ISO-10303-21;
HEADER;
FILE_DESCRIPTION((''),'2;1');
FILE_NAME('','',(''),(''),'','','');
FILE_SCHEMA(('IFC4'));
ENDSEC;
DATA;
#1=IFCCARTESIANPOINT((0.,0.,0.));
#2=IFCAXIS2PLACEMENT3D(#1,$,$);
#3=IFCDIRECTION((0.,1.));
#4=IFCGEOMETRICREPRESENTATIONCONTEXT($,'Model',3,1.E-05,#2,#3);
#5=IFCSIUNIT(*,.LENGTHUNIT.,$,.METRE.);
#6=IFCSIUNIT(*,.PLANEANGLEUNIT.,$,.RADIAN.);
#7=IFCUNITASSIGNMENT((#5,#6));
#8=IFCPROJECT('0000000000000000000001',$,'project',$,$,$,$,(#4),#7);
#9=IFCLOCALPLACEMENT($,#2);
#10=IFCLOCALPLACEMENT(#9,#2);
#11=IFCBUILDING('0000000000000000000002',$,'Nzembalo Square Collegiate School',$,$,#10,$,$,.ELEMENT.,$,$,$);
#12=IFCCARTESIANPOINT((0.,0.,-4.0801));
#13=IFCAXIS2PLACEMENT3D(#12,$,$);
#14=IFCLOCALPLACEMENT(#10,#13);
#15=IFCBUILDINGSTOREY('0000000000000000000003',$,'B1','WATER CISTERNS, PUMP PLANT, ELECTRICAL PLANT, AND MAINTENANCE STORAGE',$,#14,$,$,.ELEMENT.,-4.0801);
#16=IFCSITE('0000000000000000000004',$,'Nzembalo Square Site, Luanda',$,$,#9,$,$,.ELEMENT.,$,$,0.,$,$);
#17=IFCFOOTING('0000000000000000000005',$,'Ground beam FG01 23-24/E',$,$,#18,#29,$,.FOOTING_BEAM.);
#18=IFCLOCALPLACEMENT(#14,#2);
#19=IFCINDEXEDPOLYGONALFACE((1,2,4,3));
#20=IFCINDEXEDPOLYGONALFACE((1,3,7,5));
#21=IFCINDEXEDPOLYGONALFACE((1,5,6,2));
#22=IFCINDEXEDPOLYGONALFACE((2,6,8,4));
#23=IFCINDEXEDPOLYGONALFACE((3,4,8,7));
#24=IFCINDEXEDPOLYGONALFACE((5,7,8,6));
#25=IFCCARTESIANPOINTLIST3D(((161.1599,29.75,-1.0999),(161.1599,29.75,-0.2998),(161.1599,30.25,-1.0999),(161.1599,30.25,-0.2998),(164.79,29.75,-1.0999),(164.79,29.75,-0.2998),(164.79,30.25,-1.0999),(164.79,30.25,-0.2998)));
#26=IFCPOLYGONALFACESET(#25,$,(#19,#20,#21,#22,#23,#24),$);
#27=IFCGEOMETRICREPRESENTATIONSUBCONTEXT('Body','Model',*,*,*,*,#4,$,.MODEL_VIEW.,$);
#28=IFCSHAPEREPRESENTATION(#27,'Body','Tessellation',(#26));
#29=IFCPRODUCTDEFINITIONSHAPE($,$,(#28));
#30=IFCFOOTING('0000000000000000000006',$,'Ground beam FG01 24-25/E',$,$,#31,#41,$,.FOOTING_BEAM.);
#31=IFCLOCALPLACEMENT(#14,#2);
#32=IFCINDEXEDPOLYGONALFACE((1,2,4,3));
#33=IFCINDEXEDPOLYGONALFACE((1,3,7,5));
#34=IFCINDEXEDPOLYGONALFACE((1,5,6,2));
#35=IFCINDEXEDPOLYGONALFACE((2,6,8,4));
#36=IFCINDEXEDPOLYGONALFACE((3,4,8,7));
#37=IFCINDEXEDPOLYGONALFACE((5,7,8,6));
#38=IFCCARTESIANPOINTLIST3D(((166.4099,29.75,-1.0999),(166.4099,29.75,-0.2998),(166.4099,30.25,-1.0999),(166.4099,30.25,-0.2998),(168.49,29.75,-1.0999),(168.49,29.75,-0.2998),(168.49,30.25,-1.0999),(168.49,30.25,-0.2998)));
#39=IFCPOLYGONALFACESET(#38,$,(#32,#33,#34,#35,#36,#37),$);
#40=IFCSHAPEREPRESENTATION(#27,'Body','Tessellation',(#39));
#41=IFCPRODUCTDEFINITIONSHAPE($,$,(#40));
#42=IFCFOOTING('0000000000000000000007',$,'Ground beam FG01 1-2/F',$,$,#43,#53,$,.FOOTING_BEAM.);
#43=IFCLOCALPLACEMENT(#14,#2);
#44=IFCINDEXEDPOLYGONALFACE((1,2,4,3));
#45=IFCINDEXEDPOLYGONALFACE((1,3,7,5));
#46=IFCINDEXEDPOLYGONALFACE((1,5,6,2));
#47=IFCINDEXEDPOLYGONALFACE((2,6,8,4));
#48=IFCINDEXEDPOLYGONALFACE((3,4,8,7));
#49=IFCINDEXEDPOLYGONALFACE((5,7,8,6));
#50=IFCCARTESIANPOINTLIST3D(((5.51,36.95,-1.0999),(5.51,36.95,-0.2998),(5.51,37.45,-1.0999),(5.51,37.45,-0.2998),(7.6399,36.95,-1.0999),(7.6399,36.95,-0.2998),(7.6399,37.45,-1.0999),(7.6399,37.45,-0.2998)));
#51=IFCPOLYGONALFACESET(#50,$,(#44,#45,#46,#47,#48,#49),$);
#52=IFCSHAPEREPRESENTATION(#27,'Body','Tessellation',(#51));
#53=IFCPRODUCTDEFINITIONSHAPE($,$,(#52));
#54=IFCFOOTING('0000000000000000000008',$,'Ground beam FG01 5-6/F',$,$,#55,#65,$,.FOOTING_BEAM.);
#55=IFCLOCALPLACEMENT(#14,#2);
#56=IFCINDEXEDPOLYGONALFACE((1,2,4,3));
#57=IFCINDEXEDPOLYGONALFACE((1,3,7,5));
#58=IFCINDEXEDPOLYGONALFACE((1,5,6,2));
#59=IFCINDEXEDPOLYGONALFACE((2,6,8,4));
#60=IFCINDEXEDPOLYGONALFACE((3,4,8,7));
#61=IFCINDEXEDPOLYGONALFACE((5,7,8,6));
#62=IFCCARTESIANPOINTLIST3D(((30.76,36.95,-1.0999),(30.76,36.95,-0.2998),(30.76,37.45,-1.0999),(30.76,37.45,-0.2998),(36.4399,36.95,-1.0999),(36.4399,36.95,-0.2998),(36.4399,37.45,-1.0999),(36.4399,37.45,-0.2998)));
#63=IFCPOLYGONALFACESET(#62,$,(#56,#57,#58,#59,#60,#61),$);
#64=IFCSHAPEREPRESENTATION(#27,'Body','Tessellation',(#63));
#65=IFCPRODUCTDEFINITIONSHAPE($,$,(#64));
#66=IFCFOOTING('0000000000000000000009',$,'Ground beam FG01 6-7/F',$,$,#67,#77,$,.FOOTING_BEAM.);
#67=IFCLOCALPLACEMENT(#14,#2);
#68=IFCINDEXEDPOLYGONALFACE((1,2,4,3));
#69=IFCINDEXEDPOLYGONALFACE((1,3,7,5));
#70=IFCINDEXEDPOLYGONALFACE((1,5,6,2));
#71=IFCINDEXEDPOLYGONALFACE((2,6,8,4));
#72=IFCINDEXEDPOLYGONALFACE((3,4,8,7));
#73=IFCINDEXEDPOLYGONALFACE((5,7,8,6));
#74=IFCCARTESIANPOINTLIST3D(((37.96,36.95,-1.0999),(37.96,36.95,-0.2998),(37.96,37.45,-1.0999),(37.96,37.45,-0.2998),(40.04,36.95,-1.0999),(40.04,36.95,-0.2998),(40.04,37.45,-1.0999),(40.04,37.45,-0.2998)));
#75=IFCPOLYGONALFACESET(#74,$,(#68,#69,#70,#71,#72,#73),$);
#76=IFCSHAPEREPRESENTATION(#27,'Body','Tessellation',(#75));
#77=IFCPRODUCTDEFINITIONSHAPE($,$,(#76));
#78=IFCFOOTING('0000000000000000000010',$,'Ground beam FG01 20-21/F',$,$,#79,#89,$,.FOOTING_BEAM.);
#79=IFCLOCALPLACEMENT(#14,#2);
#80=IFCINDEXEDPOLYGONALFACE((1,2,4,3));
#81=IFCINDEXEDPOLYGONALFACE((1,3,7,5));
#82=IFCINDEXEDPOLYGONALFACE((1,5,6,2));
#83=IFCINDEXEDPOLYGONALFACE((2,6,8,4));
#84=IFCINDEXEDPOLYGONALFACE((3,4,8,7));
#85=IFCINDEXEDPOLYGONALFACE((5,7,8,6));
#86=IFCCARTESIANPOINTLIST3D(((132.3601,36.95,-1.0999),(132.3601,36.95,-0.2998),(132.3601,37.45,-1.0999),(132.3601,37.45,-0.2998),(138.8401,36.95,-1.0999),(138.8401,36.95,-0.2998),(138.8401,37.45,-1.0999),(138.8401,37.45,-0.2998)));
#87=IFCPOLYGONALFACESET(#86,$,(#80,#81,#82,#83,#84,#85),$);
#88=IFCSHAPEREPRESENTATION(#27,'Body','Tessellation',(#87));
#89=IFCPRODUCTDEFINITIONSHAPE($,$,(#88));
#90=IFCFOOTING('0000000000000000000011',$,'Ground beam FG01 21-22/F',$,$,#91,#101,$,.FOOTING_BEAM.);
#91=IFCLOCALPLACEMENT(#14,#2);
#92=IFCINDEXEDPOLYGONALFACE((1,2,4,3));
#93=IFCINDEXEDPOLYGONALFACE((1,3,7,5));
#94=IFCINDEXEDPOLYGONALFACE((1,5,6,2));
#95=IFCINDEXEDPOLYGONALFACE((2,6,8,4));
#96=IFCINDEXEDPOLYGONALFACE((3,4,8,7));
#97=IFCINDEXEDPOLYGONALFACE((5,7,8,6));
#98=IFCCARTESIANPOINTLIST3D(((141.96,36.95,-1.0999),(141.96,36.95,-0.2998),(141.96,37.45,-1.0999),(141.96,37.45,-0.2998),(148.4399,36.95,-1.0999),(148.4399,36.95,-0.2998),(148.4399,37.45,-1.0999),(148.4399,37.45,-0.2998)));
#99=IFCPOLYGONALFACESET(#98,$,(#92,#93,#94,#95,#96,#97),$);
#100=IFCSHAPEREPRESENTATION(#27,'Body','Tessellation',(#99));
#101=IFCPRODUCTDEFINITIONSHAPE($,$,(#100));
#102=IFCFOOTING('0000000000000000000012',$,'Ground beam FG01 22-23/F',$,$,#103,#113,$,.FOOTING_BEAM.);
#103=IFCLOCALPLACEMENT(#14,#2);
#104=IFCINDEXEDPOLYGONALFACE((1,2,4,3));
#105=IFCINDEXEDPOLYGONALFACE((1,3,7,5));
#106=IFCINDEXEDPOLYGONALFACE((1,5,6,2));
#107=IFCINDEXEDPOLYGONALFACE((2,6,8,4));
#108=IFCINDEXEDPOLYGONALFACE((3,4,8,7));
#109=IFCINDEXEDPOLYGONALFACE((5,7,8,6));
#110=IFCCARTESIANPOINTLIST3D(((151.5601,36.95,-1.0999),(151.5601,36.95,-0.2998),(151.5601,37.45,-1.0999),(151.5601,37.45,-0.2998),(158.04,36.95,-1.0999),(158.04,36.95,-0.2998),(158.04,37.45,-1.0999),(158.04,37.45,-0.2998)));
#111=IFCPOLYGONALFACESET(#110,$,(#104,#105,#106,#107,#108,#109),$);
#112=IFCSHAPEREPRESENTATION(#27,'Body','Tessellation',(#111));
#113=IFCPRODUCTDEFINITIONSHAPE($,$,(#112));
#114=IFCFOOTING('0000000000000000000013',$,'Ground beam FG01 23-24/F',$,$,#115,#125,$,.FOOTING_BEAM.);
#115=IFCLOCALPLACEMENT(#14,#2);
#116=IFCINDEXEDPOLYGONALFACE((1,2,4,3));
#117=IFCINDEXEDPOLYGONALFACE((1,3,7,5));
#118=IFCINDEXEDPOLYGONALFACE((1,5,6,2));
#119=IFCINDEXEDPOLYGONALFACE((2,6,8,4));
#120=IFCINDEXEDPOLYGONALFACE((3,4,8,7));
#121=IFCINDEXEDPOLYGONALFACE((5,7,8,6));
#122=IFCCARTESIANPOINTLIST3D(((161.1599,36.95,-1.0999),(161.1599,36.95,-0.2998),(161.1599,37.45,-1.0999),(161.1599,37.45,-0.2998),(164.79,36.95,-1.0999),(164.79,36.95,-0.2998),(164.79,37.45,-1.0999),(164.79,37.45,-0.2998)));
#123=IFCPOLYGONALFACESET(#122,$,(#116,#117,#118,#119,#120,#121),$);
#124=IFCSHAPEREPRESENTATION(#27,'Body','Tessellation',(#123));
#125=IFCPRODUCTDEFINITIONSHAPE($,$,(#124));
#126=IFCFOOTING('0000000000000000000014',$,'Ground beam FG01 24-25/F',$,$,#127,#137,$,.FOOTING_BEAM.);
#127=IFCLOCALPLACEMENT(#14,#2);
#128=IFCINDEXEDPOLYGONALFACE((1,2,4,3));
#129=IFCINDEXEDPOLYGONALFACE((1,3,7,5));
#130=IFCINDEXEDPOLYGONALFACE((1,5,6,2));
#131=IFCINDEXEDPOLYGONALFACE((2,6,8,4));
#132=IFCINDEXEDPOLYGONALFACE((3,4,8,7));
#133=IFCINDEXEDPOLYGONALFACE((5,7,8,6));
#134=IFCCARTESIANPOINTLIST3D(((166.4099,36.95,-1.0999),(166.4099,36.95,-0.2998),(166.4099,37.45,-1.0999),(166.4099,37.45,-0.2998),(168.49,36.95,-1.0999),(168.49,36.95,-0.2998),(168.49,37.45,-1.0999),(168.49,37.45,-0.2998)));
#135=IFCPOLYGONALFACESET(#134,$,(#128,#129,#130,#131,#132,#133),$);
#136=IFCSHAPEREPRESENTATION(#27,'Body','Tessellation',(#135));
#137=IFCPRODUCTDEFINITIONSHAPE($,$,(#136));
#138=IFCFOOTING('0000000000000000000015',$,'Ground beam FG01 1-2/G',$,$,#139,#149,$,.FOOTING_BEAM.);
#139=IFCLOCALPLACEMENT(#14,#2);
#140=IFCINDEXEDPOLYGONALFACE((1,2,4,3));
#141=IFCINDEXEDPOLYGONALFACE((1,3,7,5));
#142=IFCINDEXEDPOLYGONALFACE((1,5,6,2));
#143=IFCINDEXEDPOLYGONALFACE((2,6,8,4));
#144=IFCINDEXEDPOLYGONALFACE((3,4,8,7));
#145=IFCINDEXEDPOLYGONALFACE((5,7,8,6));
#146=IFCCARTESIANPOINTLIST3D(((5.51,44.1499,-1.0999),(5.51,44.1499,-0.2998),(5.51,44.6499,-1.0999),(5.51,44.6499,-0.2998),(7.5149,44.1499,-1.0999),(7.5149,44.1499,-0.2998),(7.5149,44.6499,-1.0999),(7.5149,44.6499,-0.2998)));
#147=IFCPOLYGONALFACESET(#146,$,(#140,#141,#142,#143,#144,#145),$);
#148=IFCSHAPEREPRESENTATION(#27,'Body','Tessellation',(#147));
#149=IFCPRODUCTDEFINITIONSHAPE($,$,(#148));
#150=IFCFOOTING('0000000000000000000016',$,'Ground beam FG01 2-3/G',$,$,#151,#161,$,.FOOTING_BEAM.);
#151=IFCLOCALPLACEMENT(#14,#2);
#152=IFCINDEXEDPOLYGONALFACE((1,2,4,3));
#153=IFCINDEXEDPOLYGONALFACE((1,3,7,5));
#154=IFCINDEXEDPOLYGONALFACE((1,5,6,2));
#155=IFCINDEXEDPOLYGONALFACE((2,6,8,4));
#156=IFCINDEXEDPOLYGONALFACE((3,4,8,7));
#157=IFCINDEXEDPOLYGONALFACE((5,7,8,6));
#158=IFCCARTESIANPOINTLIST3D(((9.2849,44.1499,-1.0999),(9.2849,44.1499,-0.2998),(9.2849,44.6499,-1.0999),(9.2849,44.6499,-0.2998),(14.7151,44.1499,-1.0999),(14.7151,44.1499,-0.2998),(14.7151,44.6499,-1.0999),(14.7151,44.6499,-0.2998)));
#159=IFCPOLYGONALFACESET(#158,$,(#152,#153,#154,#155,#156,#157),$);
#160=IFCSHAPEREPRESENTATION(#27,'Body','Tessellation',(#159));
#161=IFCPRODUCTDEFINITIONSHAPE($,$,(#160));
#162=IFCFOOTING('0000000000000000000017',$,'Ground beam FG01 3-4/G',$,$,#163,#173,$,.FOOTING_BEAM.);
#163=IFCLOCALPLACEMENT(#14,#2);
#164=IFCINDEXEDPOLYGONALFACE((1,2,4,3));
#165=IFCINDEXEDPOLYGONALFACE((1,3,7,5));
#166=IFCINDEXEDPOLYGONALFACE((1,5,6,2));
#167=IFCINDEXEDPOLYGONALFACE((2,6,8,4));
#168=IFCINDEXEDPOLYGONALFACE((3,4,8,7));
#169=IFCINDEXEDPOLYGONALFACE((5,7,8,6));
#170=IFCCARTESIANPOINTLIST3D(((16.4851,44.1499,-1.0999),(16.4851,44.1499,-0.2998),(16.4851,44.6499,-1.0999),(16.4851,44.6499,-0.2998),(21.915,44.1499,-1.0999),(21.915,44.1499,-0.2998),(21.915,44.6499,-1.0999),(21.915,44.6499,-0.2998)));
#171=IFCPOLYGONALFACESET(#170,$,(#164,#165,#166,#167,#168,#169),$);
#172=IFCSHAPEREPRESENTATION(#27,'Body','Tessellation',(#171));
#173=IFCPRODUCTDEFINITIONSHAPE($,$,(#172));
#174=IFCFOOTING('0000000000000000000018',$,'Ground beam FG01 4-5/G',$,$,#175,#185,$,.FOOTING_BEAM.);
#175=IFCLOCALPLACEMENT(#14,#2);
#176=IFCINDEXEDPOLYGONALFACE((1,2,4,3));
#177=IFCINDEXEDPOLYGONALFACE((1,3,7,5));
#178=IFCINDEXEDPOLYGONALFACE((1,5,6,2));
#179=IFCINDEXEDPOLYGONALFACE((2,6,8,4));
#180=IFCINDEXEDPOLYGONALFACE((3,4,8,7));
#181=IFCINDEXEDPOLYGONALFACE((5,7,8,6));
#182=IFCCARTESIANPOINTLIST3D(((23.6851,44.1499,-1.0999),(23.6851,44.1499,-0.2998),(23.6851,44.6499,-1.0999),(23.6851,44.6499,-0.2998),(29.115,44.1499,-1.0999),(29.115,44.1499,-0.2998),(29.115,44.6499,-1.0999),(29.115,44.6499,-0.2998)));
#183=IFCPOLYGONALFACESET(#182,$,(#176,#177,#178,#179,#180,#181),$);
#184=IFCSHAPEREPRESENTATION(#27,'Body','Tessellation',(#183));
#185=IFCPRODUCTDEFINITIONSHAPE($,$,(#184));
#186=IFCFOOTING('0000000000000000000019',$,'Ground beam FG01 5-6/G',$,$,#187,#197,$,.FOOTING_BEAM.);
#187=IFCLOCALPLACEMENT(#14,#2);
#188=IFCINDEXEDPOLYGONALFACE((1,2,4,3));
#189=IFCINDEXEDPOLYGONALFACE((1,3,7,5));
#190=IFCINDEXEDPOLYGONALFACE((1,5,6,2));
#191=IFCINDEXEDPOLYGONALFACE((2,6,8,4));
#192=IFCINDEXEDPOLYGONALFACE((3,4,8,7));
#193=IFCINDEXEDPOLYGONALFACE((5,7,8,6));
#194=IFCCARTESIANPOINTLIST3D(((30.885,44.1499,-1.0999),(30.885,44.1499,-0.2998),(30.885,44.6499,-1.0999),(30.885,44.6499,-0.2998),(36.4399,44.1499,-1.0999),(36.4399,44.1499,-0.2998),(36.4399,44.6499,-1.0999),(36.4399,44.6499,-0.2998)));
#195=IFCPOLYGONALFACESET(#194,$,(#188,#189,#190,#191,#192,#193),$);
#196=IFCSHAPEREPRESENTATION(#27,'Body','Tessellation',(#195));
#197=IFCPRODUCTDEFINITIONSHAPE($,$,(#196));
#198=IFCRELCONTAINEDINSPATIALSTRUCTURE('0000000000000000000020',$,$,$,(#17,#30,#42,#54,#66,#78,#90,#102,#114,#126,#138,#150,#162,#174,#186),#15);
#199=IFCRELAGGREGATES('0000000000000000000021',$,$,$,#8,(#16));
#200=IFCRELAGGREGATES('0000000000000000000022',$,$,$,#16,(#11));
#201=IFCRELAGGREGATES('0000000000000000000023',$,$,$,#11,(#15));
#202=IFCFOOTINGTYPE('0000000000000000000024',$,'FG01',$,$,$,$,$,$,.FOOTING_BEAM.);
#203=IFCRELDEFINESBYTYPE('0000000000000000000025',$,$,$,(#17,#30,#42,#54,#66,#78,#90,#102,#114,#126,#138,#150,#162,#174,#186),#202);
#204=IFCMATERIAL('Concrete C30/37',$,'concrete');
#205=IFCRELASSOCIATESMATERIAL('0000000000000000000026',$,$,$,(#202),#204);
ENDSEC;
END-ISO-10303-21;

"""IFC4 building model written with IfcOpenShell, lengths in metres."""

from ifc_helpers import new_model, si_unit, direction, frame, origin, place, context, subcontext, project, spatial, polyline, outline, extrude, material, type_object, element, save


model = new_model("IFC4")

# Units and contexts
model_context = context("Model", 3, precision=1e-05, world=origin(), true_north=direction((0.0, 1.0)))
body_context = subcontext(model_context, "Body", "Model", "MODEL_VIEW")
ifc_project = project(units=[si_unit("LENGTHUNIT", "METRE"), si_unit("PLANEANGLEUNIT", "RADIAN")], contexts=[model_context])

# Site, building, storey
site_placement = place(None, origin())
site = spatial("IfcSite", under=ifc_project, at=site_placement, Name="Nzembalo Square Site, Luanda", CompositionType="ELEMENT", RefElevation=0.0)
building_placement = place(site_placement, origin())
building = spatial("IfcBuilding", under=site, at=building_placement, Name="Nzembalo Square Collegiate School", CompositionType="ELEMENT")
storey_placement = place(building_placement, frame((0.0, 0.0, -4.0801)))
storey = spatial("IfcBuildingStorey", under=building, at=storey_placement, Name="B1", Description="WATER CISTERNS, PUMP PLANT, ELECTRICAL PLANT, AND MAINTENANCE STORAGE", CompositionType="ELEMENT", Elevation=-4.0801)

# Footings
ifc_material = material(Name="Concrete C30/37", Category="concrete")
footing_type = type_object("IfcFootingType", Name="FG01", PredefinedType="FOOTING_BEAM", material=ifc_material)
footing_1_placement = place(storey_placement, frame((0.0, 0.0, -1.0999)))
element("IfcFooting", 1, at=footing_1_placement, inside=storey, type_object=footing_type, Name="Ground beam FG01 23-24/E", PredefinedType="FOOTING_BEAM", context=body_context, shape_type="SweptSolid", body=[
    extrude(outline(polyline([(161.1599, 29.75), (164.79, 29.75), (164.79, 30.25), (161.1599, 30.25), (161.1599, 29.75)])), origin(), (0.0, 0.0, 1.0), 0.8),
])
footing_2_placement = place(storey_placement, frame((0.0, 0.0, -1.0999)))
element("IfcFooting", 2, at=footing_2_placement, inside=storey, type_object=footing_type, Name="Ground beam FG01 24-25/E", PredefinedType="FOOTING_BEAM", context=body_context, shape_type="SweptSolid", body=[
    extrude(outline(polyline([(166.4099, 29.75), (168.49, 29.75), (168.49, 30.25), (166.4099, 30.25), (166.4099, 29.75)])), origin(), (0.0, 0.0, 1.0), 0.8),
])
footing_3_placement = place(storey_placement, frame((0.0, 0.0, -1.0999)))
element("IfcFooting", 3, at=footing_3_placement, inside=storey, type_object=footing_type, Name="Ground beam FG01 1-2/F", PredefinedType="FOOTING_BEAM", context=body_context, shape_type="SweptSolid", body=[
    extrude(outline(polyline([(5.51, 36.95), (7.6399, 36.95), (7.6399, 37.45), (5.51, 37.45), (5.51, 36.95)])), origin(), (0.0, 0.0, 1.0), 0.8),
])
footing_4_placement = place(storey_placement, frame((0.0, 0.0, -1.0999)))
element("IfcFooting", 4, at=footing_4_placement, inside=storey, type_object=footing_type, Name="Ground beam FG01 5-6/F", PredefinedType="FOOTING_BEAM", context=body_context, shape_type="SweptSolid", body=[
    extrude(outline(polyline([(30.76, 36.95), (36.4399, 36.95), (36.4399, 37.45), (30.76, 37.45), (30.76, 36.95)])), origin(), (0.0, 0.0, 1.0), 0.8),
])
footing_5_placement = place(storey_placement, frame((0.0, 0.0, -1.0999)))
element("IfcFooting", 5, at=footing_5_placement, inside=storey, type_object=footing_type, Name="Ground beam FG01 6-7/F", PredefinedType="FOOTING_BEAM", context=body_context, shape_type="SweptSolid", body=[
    extrude(outline(polyline([(37.96, 36.95), (40.04, 36.95), (40.04, 37.45), (37.96, 37.45), (37.96, 36.95)])), origin(), (0.0, 0.0, 1.0), 0.8),
])
footing_6_placement = place(storey_placement, frame((0.0, 0.0, -1.0999)))
element("IfcFooting", 6, at=footing_6_placement, inside=storey, type_object=footing_type, Name="Ground beam FG01 20-21/F", PredefinedType="FOOTING_BEAM", context=body_context, shape_type="SweptSolid", body=[
    extrude(outline(polyline([(132.3601, 36.95), (138.8401, 36.95), (138.8401, 37.45), (132.3601, 37.45), (132.3601, 36.95)])), origin(), (0.0, 0.0, 1.0), 0.8),
])
footing_7_placement = place(storey_placement, frame((0.0, 0.0, -1.0999)))
element("IfcFooting", 7, at=footing_7_placement, inside=storey, type_object=footing_type, Name="Ground beam FG01 21-22/F", PredefinedType="FOOTING_BEAM", context=body_context, shape_type="SweptSolid", body=[
    extrude(outline(polyline([(141.96, 36.95), (148.4399, 36.95), (148.4399, 37.45), (141.96, 37.45), (141.96, 36.95)])), origin(), (0.0, 0.0, 1.0), 0.8),
])
footing_8_placement = place(storey_placement, frame((0.0, 0.0, -1.0999)))
element("IfcFooting", 8, at=footing_8_placement, inside=storey, type_object=footing_type, Name="Ground beam FG01 22-23/F", PredefinedType="FOOTING_BEAM", context=body_context, shape_type="SweptSolid", body=[
    extrude(outline(polyline([(151.5601, 36.95), (158.04, 36.95), (158.04, 37.45), (151.5601, 37.45), (151.5601, 36.95)])), origin(), (0.0, 0.0, 1.0), 0.8),
])
footing_9_placement = place(storey_placement, frame((0.0, 0.0, -1.0999)))
element("IfcFooting", 9, at=footing_9_placement, inside=storey, type_object=footing_type, Name="Ground beam FG01 23-24/F", PredefinedType="FOOTING_BEAM", context=body_context, shape_type="SweptSolid", body=[
    extrude(outline(polyline([(161.1599, 36.95), (164.79, 36.95), (164.79, 37.45), (161.1599, 37.45), (161.1599, 36.95)])), origin(), (0.0, 0.0, 1.0), 0.8),
])
footing_10_placement = place(storey_placement, frame((0.0, 0.0, -1.0999)))
element("IfcFooting", 10, at=footing_10_placement, inside=storey, type_object=footing_type, Name="Ground beam FG01 24-25/F", PredefinedType="FOOTING_BEAM", context=body_context, shape_type="SweptSolid", body=[
    extrude(outline(polyline([(166.4099, 36.95), (168.49, 36.95), (168.49, 37.45), (166.4099, 37.45), (166.4099, 36.95)])), origin(), (0.0, 0.0, 1.0), 0.8),
])
footing_11_placement = place(storey_placement, frame((0.0, 0.0, -1.0999)))
element("IfcFooting", 11, at=footing_11_placement, inside=storey, type_object=footing_type, Name="Ground beam FG01 1-2/G", PredefinedType="FOOTING_BEAM", context=body_context, shape_type="SweptSolid", body=[
    extrude(outline(polyline([(5.51, 44.1499), (7.5149, 44.1499), (7.5149, 44.6499), (5.51, 44.6499), (5.51, 44.1499)])), origin(), (0.0, 0.0, 1.0), 0.8),
])
footing_12_placement = place(storey_placement, frame((0.0, 0.0, -1.0999)))
element("IfcFooting", 12, at=footing_12_placement, inside=storey, type_object=footing_type, Name="Ground beam FG01 2-3/G", PredefinedType="FOOTING_BEAM", context=body_context, shape_type="SweptSolid", body=[
    extrude(outline(polyline([(9.2849, 44.1499), (14.7151, 44.1499), (14.7151, 44.6499), (9.2849, 44.6499), (9.2849, 44.1499)])), origin(), (0.0, 0.0, 1.0), 0.8),
])
footing_13_placement = place(storey_placement, frame((0.0, 0.0, -1.0999)))
element("IfcFooting", 13, at=footing_13_placement, inside=storey, type_object=footing_type, Name="Ground beam FG01 3-4/G", PredefinedType="FOOTING_BEAM", context=body_context, shape_type="SweptSolid", body=[
    extrude(outline(polyline([(16.4851, 44.1499), (21.915, 44.1499), (21.915, 44.6499), (16.4851, 44.6499), (16.4851, 44.1499)])), origin(), (0.0, 0.0, 1.0), 0.8),
])
footing_14_placement = place(storey_placement, frame((0.0, 0.0, -1.0999)))
element("IfcFooting", 14, at=footing_14_placement, inside=storey, type_object=footing_type, Name="Ground beam FG01 4-5/G", PredefinedType="FOOTING_BEAM", context=body_context, shape_type="SweptSolid", body=[
    extrude(outline(polyline([(23.6851, 44.1499), (29.115, 44.1499), (29.115, 44.6499), (23.6851, 44.6499), (23.6851, 44.1499)])), origin(), (0.0, 0.0, 1.0), 0.8),
])
footing_15_placement = place(storey_placement, frame((0.0, 0.0, -1.0999)))
element("IfcFooting", 15, at=footing_15_placement, inside=storey, type_object=footing_type, Name="Ground beam FG01 5-6/G", PredefinedType="FOOTING_BEAM", context=body_context, shape_type="SweptSolid", body=[
    extrude(outline(polyline([(30.885, 44.1499), (36.4399, 44.1499), (36.4399, 44.6499), (30.885, 44.6499), (30.885, 44.1499)])), origin(), (0.0, 0.0, 1.0), 0.8),
])

save(model, "model.ifc")
